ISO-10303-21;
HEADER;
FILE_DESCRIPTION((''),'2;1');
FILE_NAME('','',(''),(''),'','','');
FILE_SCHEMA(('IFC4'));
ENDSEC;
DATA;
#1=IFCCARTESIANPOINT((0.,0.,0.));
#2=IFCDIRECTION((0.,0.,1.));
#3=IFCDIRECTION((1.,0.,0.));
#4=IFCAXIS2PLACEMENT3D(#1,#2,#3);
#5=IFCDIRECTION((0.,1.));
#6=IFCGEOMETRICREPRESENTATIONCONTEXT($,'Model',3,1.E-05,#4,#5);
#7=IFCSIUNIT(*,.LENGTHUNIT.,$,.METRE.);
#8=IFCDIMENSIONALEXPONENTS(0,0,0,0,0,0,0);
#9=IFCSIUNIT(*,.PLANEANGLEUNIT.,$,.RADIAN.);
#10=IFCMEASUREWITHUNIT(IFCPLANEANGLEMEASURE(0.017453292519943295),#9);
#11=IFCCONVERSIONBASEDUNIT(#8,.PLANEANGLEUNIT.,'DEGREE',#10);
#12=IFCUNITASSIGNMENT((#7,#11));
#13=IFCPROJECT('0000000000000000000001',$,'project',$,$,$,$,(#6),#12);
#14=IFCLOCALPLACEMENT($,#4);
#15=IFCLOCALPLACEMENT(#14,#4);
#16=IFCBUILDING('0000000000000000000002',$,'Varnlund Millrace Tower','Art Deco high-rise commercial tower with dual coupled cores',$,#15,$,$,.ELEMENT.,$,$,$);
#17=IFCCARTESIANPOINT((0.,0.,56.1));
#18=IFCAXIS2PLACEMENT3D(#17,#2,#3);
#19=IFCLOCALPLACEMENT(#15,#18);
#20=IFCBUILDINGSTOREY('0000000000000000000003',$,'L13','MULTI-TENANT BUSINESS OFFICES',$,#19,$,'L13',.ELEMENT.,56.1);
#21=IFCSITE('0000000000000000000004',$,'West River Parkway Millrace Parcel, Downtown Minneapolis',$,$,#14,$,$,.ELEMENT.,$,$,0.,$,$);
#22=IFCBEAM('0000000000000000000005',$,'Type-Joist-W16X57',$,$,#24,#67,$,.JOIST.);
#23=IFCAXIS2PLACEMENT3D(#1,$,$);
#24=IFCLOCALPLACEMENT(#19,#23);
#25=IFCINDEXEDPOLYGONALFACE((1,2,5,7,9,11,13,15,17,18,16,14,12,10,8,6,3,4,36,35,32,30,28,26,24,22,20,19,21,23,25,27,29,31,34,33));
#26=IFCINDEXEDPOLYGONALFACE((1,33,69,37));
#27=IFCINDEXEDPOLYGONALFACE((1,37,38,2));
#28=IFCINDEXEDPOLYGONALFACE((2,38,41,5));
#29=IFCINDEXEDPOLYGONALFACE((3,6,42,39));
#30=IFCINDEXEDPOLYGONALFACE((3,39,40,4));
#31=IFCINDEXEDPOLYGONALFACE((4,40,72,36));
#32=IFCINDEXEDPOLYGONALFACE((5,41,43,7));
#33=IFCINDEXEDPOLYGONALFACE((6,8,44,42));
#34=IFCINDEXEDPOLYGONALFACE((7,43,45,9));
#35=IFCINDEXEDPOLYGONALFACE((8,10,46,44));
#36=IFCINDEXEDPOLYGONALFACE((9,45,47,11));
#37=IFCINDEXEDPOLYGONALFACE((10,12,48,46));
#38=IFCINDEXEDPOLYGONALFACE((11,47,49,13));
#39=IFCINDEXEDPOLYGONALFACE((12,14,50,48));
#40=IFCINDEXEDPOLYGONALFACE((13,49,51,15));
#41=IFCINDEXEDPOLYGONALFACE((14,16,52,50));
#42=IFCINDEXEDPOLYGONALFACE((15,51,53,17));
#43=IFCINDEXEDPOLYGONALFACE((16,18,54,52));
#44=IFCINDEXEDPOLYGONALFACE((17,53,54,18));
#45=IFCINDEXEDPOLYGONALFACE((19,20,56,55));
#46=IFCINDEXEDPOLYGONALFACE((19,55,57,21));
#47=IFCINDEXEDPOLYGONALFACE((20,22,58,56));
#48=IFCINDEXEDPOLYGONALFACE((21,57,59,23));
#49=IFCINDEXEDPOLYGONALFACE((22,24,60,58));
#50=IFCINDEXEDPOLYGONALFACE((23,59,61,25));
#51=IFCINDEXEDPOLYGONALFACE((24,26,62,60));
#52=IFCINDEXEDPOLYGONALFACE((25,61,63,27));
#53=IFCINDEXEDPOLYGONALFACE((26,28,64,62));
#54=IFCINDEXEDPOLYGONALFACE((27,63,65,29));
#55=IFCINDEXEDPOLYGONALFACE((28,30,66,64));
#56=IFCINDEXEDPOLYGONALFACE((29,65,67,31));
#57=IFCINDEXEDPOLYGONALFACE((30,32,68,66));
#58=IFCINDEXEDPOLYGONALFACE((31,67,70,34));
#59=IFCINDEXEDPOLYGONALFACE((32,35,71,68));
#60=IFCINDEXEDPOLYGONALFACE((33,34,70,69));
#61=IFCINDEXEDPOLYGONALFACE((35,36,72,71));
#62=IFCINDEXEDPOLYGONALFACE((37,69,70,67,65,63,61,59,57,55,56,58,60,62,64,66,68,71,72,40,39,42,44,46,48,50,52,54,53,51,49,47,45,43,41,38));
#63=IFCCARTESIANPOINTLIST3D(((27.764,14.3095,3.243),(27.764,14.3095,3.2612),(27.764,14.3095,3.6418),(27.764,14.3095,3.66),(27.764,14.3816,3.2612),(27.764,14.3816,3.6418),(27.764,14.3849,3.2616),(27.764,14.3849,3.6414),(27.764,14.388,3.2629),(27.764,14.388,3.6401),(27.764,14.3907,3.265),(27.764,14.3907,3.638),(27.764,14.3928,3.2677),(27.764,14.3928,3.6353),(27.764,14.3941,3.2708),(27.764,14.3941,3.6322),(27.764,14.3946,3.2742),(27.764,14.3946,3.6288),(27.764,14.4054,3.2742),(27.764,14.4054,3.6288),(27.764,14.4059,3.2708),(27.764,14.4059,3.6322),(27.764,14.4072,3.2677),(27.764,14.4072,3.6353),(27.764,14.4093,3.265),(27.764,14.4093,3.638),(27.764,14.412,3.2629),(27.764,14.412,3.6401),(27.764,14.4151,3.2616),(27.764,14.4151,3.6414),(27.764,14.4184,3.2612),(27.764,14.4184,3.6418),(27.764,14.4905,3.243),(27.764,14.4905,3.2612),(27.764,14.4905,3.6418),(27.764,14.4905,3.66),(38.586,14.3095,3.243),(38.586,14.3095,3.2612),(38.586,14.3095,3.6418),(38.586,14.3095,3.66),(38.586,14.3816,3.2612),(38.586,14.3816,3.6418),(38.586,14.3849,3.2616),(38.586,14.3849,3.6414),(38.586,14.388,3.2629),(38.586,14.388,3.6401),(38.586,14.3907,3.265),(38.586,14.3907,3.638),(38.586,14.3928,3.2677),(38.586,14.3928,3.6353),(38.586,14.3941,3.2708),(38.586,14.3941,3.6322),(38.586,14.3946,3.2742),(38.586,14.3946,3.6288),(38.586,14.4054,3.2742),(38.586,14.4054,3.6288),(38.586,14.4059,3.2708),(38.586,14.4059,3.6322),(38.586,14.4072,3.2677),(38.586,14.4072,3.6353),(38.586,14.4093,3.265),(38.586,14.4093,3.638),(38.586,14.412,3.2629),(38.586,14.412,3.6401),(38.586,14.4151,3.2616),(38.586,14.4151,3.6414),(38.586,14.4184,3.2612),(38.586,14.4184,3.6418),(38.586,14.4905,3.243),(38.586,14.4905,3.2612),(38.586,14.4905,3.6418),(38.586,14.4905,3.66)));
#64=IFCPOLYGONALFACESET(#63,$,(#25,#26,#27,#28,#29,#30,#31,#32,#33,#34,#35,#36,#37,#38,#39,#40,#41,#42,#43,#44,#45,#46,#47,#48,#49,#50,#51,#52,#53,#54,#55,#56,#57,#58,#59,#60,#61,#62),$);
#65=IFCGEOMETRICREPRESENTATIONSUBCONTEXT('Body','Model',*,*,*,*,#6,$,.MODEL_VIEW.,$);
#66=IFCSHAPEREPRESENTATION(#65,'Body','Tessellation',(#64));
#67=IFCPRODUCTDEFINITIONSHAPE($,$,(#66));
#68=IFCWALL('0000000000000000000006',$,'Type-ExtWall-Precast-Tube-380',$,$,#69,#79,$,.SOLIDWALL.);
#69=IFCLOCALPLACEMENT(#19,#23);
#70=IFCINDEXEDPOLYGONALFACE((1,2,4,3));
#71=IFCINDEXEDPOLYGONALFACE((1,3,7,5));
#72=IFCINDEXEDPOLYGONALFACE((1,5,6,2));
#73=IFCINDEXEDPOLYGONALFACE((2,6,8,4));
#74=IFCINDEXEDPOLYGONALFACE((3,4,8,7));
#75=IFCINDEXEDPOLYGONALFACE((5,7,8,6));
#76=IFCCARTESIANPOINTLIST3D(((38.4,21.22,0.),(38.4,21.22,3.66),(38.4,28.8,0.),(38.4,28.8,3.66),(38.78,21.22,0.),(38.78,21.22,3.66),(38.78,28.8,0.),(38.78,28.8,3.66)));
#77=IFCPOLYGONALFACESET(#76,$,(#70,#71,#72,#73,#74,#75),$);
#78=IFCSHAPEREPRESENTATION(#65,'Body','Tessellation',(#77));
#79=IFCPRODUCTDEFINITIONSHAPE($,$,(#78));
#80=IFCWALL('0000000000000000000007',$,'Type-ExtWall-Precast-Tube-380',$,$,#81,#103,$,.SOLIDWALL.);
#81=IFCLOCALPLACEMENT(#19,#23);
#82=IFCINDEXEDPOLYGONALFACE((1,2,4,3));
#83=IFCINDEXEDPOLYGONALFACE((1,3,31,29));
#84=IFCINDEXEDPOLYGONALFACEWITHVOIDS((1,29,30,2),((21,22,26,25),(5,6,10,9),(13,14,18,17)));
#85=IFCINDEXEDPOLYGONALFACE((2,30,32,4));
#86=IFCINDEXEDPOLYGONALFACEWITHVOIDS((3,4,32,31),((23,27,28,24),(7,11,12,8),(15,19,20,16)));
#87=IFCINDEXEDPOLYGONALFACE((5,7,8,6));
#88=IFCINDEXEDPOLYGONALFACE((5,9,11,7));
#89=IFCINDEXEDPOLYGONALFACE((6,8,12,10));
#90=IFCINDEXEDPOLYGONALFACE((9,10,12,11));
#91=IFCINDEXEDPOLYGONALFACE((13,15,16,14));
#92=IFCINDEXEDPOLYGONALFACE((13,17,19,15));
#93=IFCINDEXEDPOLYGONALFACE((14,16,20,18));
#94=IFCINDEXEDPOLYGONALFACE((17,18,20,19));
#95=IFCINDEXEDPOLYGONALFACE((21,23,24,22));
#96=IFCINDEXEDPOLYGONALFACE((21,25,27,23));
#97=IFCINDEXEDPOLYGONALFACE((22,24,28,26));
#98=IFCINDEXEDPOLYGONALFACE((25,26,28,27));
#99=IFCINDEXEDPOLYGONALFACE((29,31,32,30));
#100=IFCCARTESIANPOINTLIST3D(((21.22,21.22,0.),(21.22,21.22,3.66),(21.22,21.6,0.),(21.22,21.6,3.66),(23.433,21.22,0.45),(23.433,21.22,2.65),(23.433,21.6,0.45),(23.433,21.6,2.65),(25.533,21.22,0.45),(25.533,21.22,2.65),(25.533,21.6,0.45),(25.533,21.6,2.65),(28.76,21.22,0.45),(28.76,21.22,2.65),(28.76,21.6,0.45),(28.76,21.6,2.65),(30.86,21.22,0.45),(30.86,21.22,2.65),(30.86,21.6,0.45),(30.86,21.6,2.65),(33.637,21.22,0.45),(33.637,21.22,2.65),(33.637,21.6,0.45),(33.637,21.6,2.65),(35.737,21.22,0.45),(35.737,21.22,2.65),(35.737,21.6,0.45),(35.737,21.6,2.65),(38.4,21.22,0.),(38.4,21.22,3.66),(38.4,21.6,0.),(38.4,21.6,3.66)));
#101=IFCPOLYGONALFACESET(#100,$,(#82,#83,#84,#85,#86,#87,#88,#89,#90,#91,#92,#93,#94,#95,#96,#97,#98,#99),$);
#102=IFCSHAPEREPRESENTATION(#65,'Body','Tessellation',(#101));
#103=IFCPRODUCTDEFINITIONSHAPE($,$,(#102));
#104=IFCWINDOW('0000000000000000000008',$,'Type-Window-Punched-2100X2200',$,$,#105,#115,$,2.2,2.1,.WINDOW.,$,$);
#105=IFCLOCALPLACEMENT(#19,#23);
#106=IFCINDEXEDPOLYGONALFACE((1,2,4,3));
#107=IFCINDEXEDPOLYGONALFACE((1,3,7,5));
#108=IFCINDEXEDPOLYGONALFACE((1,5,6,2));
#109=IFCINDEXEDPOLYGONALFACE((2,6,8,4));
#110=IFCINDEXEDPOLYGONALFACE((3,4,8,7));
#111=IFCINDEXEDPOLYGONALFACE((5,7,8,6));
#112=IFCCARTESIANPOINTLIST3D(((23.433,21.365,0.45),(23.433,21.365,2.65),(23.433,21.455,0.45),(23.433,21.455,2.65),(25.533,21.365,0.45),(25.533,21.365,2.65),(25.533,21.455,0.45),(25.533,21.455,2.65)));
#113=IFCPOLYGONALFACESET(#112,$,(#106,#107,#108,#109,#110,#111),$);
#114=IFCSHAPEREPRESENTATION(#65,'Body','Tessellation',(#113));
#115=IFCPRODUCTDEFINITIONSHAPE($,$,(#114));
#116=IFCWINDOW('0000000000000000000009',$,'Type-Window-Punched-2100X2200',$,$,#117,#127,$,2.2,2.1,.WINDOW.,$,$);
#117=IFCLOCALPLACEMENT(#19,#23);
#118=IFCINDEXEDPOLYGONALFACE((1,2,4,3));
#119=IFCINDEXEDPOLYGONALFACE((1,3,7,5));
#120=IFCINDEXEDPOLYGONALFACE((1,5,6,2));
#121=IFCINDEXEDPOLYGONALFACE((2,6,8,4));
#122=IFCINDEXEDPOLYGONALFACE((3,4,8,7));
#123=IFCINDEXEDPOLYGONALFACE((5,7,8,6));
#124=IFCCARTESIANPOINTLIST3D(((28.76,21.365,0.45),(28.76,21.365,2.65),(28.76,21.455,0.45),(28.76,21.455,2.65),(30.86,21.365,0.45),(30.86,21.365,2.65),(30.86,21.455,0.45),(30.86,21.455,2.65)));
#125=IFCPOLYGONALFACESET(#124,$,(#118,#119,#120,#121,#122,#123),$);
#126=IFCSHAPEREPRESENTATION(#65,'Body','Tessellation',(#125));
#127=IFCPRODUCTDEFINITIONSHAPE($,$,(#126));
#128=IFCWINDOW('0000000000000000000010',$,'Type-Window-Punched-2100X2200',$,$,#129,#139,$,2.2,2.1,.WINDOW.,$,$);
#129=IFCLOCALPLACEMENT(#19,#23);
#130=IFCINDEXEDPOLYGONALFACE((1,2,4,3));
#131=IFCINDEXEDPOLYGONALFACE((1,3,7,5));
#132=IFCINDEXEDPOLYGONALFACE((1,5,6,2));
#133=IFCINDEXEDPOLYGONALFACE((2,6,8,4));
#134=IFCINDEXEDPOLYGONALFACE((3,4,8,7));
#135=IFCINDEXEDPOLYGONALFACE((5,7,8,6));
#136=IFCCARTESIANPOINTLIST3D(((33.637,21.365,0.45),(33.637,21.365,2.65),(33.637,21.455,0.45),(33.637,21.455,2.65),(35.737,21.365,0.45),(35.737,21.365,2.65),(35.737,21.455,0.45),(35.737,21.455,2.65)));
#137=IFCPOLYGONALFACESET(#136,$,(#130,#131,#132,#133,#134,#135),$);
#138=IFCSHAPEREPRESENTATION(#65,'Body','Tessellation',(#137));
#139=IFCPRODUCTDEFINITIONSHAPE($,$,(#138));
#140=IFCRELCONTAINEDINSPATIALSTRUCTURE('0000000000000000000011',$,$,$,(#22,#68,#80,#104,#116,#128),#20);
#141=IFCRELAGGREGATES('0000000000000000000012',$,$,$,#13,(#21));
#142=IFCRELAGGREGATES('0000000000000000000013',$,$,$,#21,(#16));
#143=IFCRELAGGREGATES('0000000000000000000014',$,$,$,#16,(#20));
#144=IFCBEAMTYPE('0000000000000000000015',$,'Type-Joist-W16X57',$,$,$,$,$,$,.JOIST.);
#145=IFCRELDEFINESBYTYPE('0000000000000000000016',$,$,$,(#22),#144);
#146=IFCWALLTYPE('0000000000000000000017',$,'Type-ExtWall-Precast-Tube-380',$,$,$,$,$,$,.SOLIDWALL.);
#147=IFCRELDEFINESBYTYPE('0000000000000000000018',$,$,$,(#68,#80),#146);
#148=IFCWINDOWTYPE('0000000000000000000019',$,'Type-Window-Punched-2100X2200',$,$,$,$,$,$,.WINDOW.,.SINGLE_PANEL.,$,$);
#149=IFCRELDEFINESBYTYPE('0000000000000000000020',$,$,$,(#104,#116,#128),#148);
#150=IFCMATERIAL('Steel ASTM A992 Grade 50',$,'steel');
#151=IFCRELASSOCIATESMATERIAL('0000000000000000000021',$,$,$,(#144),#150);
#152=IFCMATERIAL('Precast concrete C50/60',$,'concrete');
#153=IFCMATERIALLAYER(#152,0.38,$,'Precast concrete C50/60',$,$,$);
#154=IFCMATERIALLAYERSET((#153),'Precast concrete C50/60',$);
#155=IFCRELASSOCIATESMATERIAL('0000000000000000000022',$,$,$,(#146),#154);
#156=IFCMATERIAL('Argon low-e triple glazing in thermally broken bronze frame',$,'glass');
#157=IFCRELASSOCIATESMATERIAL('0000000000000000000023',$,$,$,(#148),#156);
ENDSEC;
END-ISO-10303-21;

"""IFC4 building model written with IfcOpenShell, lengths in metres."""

from ifc_helpers import new_model, entity, si_unit, converted_unit, direction, frame, origin_with_axes, origin_2d_with_axis, place, context, subcontext, project, spatial, polyline, rectangle, i_section, outline, extrude, material, layer, layer_set, material_profile, profile_set, type_object, element, fill, save


model = new_model("IFC4")

# Units and contexts
model_context = context("Model", 3, precision=1e-05, world=origin_with_axes(), true_north=direction((0.0, 1.0)))
body_context = subcontext(model_context, "Body", "Model", "MODEL_VIEW")
ifc_project = project(units=[si_unit("LENGTHUNIT", "METRE"), converted_unit("PLANEANGLEUNIT", "DEGREE", entity("IfcPlaneAngleMeasure", 0.017453292519943295), si_unit("PLANEANGLEUNIT", "RADIAN"), dimensions=[0, 0, 0, 0, 0, 0, 0])], contexts=[model_context])

# Site, building, storey
site_placement = place(None, origin_with_axes())
site = spatial("IfcSite", under=ifc_project, at=site_placement, Name="West River Parkway Millrace Parcel, Downtown Minneapolis", CompositionType="ELEMENT", RefElevation=0.0)
building_placement = place(site_placement, origin_with_axes())
building = spatial("IfcBuilding", under=site, at=building_placement, Name="Varnlund Millrace Tower", Description="Art Deco high-rise commercial tower with dual coupled cores", CompositionType="ELEMENT")
storey_placement = place(building_placement, frame((0.0, 0.0, 56.1), z_axis=(0.0, 0.0, 1.0), x_axis=(1.0, 0.0, 0.0)))
storey = spatial("IfcBuildingStorey", under=building, at=storey_placement, Name="L13", Description="MULTI-TENANT BUSINESS OFFICES", LongName="L13", CompositionType="ELEMENT", Elevation=56.1)

# Beam
ifc_material_1 = material(Name="Steel ASTM A992 Grade 50", Category="steel")
ifc_material_profile_1 = material_profile(ifc_material_1, i_section(OverallWidth=0.181, OverallDepth=0.417, WebThickness=0.0109, FlangeThickness=0.0182, FilletRadius=0.013, at=origin_2d_with_axis()), Name="Steel ASTM A992 Grade 50")
ifc_profile_set_1 = profile_set([ifc_material_profile_1], Name="Steel ASTM A992 Grade 50")
beam_type_1 = type_object("IfcBeamType", Name="Type-Joist-W16X57", PredefinedType="JOIST", material=ifc_profile_set_1)
beam_1_placement = place(storey_placement, frame((27.764, 14.4, 3.4515), z_axis=(1.0, 0.0, 0.0), x_axis=(0.0, 1.0, 0.0)))
element("IfcBeam", 1, at=beam_1_placement, inside=storey, type_object=beam_type_1, Name="Type-Joist-W16X57", PredefinedType="JOIST", context=body_context, shape_type="SweptSolid", body=[
    extrude(i_section(OverallWidth=0.181, OverallDepth=0.417, WebThickness=0.0109, FlangeThickness=0.0182, FilletRadius=0.013, at=origin_2d_with_axis()), origin_with_axes(), (0.0, 0.0, 1.0), 10.822),
])

# Wall
ifc_material_2 = material(Name="Precast concrete C50/60", Category="concrete")
ifc_layer_1 = layer(ifc_material_2, 0.38, Name="Precast concrete C50/60")
ifc_layer_set_1 = layer_set([ifc_layer_1], Name="Precast concrete C50/60")
wall_type_1 = type_object("IfcWallType", Name="Type-ExtWall-Precast-Tube-380", PredefinedType="SOLIDWALL", material=ifc_layer_set_1)
wall_1_placement = place(storey_placement, frame((38.59, 21.22, 0.0), z_axis=(0.0, 0.0, 1.0), x_axis=(0.0, 1.0, 0.0)))
element("IfcWall", 2, at=wall_1_placement, inside=storey, type_object=wall_type_1, Name="Type-ExtWall-Precast-Tube-380", PredefinedType="SOLIDWALL", context=body_context, shape_type="SweptSolid", body=[
    extrude(outline(polyline([(0.0, -0.19), (7.58, -0.19), (7.58, 0.19), (0.0, 0.19), (0.0, -0.19)])), origin_with_axes(), (0.0, 0.0, 1.0), 3.66),
])

# Wall, openings, windows
wall_2_placement = place(storey_placement, frame((21.22, 21.41, 0.0), z_axis=(0.0, 0.0, 1.0), x_axis=(1.0, 0.0, 0.0)))
wall_2 = element("IfcWall", 3, at=wall_2_placement, inside=storey, type_object=wall_type_1, Name="Type-ExtWall-Precast-Tube-380", PredefinedType="SOLIDWALL", context=body_context, shape_type="SweptSolid", body=[
    extrude(outline(polyline([(0.0, -0.19), (17.18, -0.19), (17.18, 0.19), (0.0, 0.19), (0.0, -0.19)])), origin_with_axes(), (0.0, 0.0, 1.0), 3.66),
])
opening_1_placement = place(wall_2_placement, frame((3.263, 0.0, 0.45), z_axis=(0.0, 0.0, 1.0), x_axis=(1.0, 0.0, 0.0)))
opening_1 = element("IfcOpeningElement", 4, at=opening_1_placement, cuts=wall_2, PredefinedType="OPENING", context=body_context, shape_type="SweptSolid", body=[
    extrude(rectangle(XDim=2.1, YDim=0.4, at=origin_2d_with_axis()), origin_with_axes(), (0.0, 0.0, 1.0), 2.2),
])
opening_2_placement = place(wall_2_placement, frame((8.59, 0.0, 0.45), z_axis=(0.0, 0.0, 1.0), x_axis=(1.0, 0.0, 0.0)))
opening_2 = element("IfcOpeningElement", 5, at=opening_2_placement, cuts=wall_2, PredefinedType="OPENING", context=body_context, shape_type="SweptSolid", body=[
    extrude(rectangle(XDim=2.1, YDim=0.4, at=origin_2d_with_axis()), origin_with_axes(), (0.0, 0.0, 1.0), 2.2),
])
opening_3_placement = place(wall_2_placement, frame((13.467, 0.0, 0.45), z_axis=(0.0, 0.0, 1.0), x_axis=(1.0, 0.0, 0.0)))
opening_3 = element("IfcOpeningElement", 6, at=opening_3_placement, cuts=wall_2, PredefinedType="OPENING", context=body_context, shape_type="SweptSolid", body=[
    extrude(rectangle(XDim=2.1, YDim=0.4, at=origin_2d_with_axis()), origin_with_axes(), (0.0, 0.0, 1.0), 2.2),
])
ifc_material_3 = material(Name="Argon low-e triple glazing in thermally broken bronze frame", Category="glass")
window_type = type_object("IfcWindowType", Name="Type-Window-Punched-2100X2200", PartitioningType="SINGLE_PANEL", PredefinedType="WINDOW", material=ifc_material_3)
window_1_placement = place(wall_2_placement, frame((3.263, 0.0, 0.45), z_axis=(0.0, 0.0, 1.0), x_axis=(1.0, 0.0, 0.0)))
window_1 = element("IfcWindow", 7, at=window_1_placement, inside=storey, type_object=window_type, Name="Type-Window-Punched-2100X2200", OverallHeight=2.2, OverallWidth=2.1, PredefinedType="WINDOW", context=body_context, shape_type="SweptSolid", body=[
    extrude(rectangle(XDim=2.1, YDim=0.09, at=origin_2d_with_axis()), origin_with_axes(), (0.0, 0.0, 1.0), 2.2),
])
fill(opening_1, window_1)
window_2_placement = place(wall_2_placement, frame((8.59, 0.0, 0.45), z_axis=(0.0, 0.0, 1.0), x_axis=(1.0, 0.0, 0.0)))
window_2 = element("IfcWindow", 8, at=window_2_placement, inside=storey, type_object=window_type, Name="Type-Window-Punched-2100X2200", OverallHeight=2.2, OverallWidth=2.1, PredefinedType="WINDOW", context=body_context, shape_type="SweptSolid", body=[
    extrude(rectangle(XDim=2.1, YDim=0.09, at=origin_2d_with_axis()), origin_with_axes(), (0.0, 0.0, 1.0), 2.2),
])
fill(opening_2, window_2)
window_3_placement = place(wall_2_placement, frame((13.467, 0.0, 0.45), z_axis=(0.0, 0.0, 1.0), x_axis=(1.0, 0.0, 0.0)))
window_3 = element("IfcWindow", 9, at=window_3_placement, inside=storey, type_object=window_type, Name="Type-Window-Punched-2100X2200", OverallHeight=2.2, OverallWidth=2.1, PredefinedType="WINDOW", context=body_context, shape_type="SweptSolid", body=[
    extrude(rectangle(XDim=2.1, YDim=0.09, at=origin_2d_with_axis()), origin_with_axes(), (0.0, 0.0, 1.0), 2.2),
])
fill(opening_3, window_3)

save(model, "model.ifc")
